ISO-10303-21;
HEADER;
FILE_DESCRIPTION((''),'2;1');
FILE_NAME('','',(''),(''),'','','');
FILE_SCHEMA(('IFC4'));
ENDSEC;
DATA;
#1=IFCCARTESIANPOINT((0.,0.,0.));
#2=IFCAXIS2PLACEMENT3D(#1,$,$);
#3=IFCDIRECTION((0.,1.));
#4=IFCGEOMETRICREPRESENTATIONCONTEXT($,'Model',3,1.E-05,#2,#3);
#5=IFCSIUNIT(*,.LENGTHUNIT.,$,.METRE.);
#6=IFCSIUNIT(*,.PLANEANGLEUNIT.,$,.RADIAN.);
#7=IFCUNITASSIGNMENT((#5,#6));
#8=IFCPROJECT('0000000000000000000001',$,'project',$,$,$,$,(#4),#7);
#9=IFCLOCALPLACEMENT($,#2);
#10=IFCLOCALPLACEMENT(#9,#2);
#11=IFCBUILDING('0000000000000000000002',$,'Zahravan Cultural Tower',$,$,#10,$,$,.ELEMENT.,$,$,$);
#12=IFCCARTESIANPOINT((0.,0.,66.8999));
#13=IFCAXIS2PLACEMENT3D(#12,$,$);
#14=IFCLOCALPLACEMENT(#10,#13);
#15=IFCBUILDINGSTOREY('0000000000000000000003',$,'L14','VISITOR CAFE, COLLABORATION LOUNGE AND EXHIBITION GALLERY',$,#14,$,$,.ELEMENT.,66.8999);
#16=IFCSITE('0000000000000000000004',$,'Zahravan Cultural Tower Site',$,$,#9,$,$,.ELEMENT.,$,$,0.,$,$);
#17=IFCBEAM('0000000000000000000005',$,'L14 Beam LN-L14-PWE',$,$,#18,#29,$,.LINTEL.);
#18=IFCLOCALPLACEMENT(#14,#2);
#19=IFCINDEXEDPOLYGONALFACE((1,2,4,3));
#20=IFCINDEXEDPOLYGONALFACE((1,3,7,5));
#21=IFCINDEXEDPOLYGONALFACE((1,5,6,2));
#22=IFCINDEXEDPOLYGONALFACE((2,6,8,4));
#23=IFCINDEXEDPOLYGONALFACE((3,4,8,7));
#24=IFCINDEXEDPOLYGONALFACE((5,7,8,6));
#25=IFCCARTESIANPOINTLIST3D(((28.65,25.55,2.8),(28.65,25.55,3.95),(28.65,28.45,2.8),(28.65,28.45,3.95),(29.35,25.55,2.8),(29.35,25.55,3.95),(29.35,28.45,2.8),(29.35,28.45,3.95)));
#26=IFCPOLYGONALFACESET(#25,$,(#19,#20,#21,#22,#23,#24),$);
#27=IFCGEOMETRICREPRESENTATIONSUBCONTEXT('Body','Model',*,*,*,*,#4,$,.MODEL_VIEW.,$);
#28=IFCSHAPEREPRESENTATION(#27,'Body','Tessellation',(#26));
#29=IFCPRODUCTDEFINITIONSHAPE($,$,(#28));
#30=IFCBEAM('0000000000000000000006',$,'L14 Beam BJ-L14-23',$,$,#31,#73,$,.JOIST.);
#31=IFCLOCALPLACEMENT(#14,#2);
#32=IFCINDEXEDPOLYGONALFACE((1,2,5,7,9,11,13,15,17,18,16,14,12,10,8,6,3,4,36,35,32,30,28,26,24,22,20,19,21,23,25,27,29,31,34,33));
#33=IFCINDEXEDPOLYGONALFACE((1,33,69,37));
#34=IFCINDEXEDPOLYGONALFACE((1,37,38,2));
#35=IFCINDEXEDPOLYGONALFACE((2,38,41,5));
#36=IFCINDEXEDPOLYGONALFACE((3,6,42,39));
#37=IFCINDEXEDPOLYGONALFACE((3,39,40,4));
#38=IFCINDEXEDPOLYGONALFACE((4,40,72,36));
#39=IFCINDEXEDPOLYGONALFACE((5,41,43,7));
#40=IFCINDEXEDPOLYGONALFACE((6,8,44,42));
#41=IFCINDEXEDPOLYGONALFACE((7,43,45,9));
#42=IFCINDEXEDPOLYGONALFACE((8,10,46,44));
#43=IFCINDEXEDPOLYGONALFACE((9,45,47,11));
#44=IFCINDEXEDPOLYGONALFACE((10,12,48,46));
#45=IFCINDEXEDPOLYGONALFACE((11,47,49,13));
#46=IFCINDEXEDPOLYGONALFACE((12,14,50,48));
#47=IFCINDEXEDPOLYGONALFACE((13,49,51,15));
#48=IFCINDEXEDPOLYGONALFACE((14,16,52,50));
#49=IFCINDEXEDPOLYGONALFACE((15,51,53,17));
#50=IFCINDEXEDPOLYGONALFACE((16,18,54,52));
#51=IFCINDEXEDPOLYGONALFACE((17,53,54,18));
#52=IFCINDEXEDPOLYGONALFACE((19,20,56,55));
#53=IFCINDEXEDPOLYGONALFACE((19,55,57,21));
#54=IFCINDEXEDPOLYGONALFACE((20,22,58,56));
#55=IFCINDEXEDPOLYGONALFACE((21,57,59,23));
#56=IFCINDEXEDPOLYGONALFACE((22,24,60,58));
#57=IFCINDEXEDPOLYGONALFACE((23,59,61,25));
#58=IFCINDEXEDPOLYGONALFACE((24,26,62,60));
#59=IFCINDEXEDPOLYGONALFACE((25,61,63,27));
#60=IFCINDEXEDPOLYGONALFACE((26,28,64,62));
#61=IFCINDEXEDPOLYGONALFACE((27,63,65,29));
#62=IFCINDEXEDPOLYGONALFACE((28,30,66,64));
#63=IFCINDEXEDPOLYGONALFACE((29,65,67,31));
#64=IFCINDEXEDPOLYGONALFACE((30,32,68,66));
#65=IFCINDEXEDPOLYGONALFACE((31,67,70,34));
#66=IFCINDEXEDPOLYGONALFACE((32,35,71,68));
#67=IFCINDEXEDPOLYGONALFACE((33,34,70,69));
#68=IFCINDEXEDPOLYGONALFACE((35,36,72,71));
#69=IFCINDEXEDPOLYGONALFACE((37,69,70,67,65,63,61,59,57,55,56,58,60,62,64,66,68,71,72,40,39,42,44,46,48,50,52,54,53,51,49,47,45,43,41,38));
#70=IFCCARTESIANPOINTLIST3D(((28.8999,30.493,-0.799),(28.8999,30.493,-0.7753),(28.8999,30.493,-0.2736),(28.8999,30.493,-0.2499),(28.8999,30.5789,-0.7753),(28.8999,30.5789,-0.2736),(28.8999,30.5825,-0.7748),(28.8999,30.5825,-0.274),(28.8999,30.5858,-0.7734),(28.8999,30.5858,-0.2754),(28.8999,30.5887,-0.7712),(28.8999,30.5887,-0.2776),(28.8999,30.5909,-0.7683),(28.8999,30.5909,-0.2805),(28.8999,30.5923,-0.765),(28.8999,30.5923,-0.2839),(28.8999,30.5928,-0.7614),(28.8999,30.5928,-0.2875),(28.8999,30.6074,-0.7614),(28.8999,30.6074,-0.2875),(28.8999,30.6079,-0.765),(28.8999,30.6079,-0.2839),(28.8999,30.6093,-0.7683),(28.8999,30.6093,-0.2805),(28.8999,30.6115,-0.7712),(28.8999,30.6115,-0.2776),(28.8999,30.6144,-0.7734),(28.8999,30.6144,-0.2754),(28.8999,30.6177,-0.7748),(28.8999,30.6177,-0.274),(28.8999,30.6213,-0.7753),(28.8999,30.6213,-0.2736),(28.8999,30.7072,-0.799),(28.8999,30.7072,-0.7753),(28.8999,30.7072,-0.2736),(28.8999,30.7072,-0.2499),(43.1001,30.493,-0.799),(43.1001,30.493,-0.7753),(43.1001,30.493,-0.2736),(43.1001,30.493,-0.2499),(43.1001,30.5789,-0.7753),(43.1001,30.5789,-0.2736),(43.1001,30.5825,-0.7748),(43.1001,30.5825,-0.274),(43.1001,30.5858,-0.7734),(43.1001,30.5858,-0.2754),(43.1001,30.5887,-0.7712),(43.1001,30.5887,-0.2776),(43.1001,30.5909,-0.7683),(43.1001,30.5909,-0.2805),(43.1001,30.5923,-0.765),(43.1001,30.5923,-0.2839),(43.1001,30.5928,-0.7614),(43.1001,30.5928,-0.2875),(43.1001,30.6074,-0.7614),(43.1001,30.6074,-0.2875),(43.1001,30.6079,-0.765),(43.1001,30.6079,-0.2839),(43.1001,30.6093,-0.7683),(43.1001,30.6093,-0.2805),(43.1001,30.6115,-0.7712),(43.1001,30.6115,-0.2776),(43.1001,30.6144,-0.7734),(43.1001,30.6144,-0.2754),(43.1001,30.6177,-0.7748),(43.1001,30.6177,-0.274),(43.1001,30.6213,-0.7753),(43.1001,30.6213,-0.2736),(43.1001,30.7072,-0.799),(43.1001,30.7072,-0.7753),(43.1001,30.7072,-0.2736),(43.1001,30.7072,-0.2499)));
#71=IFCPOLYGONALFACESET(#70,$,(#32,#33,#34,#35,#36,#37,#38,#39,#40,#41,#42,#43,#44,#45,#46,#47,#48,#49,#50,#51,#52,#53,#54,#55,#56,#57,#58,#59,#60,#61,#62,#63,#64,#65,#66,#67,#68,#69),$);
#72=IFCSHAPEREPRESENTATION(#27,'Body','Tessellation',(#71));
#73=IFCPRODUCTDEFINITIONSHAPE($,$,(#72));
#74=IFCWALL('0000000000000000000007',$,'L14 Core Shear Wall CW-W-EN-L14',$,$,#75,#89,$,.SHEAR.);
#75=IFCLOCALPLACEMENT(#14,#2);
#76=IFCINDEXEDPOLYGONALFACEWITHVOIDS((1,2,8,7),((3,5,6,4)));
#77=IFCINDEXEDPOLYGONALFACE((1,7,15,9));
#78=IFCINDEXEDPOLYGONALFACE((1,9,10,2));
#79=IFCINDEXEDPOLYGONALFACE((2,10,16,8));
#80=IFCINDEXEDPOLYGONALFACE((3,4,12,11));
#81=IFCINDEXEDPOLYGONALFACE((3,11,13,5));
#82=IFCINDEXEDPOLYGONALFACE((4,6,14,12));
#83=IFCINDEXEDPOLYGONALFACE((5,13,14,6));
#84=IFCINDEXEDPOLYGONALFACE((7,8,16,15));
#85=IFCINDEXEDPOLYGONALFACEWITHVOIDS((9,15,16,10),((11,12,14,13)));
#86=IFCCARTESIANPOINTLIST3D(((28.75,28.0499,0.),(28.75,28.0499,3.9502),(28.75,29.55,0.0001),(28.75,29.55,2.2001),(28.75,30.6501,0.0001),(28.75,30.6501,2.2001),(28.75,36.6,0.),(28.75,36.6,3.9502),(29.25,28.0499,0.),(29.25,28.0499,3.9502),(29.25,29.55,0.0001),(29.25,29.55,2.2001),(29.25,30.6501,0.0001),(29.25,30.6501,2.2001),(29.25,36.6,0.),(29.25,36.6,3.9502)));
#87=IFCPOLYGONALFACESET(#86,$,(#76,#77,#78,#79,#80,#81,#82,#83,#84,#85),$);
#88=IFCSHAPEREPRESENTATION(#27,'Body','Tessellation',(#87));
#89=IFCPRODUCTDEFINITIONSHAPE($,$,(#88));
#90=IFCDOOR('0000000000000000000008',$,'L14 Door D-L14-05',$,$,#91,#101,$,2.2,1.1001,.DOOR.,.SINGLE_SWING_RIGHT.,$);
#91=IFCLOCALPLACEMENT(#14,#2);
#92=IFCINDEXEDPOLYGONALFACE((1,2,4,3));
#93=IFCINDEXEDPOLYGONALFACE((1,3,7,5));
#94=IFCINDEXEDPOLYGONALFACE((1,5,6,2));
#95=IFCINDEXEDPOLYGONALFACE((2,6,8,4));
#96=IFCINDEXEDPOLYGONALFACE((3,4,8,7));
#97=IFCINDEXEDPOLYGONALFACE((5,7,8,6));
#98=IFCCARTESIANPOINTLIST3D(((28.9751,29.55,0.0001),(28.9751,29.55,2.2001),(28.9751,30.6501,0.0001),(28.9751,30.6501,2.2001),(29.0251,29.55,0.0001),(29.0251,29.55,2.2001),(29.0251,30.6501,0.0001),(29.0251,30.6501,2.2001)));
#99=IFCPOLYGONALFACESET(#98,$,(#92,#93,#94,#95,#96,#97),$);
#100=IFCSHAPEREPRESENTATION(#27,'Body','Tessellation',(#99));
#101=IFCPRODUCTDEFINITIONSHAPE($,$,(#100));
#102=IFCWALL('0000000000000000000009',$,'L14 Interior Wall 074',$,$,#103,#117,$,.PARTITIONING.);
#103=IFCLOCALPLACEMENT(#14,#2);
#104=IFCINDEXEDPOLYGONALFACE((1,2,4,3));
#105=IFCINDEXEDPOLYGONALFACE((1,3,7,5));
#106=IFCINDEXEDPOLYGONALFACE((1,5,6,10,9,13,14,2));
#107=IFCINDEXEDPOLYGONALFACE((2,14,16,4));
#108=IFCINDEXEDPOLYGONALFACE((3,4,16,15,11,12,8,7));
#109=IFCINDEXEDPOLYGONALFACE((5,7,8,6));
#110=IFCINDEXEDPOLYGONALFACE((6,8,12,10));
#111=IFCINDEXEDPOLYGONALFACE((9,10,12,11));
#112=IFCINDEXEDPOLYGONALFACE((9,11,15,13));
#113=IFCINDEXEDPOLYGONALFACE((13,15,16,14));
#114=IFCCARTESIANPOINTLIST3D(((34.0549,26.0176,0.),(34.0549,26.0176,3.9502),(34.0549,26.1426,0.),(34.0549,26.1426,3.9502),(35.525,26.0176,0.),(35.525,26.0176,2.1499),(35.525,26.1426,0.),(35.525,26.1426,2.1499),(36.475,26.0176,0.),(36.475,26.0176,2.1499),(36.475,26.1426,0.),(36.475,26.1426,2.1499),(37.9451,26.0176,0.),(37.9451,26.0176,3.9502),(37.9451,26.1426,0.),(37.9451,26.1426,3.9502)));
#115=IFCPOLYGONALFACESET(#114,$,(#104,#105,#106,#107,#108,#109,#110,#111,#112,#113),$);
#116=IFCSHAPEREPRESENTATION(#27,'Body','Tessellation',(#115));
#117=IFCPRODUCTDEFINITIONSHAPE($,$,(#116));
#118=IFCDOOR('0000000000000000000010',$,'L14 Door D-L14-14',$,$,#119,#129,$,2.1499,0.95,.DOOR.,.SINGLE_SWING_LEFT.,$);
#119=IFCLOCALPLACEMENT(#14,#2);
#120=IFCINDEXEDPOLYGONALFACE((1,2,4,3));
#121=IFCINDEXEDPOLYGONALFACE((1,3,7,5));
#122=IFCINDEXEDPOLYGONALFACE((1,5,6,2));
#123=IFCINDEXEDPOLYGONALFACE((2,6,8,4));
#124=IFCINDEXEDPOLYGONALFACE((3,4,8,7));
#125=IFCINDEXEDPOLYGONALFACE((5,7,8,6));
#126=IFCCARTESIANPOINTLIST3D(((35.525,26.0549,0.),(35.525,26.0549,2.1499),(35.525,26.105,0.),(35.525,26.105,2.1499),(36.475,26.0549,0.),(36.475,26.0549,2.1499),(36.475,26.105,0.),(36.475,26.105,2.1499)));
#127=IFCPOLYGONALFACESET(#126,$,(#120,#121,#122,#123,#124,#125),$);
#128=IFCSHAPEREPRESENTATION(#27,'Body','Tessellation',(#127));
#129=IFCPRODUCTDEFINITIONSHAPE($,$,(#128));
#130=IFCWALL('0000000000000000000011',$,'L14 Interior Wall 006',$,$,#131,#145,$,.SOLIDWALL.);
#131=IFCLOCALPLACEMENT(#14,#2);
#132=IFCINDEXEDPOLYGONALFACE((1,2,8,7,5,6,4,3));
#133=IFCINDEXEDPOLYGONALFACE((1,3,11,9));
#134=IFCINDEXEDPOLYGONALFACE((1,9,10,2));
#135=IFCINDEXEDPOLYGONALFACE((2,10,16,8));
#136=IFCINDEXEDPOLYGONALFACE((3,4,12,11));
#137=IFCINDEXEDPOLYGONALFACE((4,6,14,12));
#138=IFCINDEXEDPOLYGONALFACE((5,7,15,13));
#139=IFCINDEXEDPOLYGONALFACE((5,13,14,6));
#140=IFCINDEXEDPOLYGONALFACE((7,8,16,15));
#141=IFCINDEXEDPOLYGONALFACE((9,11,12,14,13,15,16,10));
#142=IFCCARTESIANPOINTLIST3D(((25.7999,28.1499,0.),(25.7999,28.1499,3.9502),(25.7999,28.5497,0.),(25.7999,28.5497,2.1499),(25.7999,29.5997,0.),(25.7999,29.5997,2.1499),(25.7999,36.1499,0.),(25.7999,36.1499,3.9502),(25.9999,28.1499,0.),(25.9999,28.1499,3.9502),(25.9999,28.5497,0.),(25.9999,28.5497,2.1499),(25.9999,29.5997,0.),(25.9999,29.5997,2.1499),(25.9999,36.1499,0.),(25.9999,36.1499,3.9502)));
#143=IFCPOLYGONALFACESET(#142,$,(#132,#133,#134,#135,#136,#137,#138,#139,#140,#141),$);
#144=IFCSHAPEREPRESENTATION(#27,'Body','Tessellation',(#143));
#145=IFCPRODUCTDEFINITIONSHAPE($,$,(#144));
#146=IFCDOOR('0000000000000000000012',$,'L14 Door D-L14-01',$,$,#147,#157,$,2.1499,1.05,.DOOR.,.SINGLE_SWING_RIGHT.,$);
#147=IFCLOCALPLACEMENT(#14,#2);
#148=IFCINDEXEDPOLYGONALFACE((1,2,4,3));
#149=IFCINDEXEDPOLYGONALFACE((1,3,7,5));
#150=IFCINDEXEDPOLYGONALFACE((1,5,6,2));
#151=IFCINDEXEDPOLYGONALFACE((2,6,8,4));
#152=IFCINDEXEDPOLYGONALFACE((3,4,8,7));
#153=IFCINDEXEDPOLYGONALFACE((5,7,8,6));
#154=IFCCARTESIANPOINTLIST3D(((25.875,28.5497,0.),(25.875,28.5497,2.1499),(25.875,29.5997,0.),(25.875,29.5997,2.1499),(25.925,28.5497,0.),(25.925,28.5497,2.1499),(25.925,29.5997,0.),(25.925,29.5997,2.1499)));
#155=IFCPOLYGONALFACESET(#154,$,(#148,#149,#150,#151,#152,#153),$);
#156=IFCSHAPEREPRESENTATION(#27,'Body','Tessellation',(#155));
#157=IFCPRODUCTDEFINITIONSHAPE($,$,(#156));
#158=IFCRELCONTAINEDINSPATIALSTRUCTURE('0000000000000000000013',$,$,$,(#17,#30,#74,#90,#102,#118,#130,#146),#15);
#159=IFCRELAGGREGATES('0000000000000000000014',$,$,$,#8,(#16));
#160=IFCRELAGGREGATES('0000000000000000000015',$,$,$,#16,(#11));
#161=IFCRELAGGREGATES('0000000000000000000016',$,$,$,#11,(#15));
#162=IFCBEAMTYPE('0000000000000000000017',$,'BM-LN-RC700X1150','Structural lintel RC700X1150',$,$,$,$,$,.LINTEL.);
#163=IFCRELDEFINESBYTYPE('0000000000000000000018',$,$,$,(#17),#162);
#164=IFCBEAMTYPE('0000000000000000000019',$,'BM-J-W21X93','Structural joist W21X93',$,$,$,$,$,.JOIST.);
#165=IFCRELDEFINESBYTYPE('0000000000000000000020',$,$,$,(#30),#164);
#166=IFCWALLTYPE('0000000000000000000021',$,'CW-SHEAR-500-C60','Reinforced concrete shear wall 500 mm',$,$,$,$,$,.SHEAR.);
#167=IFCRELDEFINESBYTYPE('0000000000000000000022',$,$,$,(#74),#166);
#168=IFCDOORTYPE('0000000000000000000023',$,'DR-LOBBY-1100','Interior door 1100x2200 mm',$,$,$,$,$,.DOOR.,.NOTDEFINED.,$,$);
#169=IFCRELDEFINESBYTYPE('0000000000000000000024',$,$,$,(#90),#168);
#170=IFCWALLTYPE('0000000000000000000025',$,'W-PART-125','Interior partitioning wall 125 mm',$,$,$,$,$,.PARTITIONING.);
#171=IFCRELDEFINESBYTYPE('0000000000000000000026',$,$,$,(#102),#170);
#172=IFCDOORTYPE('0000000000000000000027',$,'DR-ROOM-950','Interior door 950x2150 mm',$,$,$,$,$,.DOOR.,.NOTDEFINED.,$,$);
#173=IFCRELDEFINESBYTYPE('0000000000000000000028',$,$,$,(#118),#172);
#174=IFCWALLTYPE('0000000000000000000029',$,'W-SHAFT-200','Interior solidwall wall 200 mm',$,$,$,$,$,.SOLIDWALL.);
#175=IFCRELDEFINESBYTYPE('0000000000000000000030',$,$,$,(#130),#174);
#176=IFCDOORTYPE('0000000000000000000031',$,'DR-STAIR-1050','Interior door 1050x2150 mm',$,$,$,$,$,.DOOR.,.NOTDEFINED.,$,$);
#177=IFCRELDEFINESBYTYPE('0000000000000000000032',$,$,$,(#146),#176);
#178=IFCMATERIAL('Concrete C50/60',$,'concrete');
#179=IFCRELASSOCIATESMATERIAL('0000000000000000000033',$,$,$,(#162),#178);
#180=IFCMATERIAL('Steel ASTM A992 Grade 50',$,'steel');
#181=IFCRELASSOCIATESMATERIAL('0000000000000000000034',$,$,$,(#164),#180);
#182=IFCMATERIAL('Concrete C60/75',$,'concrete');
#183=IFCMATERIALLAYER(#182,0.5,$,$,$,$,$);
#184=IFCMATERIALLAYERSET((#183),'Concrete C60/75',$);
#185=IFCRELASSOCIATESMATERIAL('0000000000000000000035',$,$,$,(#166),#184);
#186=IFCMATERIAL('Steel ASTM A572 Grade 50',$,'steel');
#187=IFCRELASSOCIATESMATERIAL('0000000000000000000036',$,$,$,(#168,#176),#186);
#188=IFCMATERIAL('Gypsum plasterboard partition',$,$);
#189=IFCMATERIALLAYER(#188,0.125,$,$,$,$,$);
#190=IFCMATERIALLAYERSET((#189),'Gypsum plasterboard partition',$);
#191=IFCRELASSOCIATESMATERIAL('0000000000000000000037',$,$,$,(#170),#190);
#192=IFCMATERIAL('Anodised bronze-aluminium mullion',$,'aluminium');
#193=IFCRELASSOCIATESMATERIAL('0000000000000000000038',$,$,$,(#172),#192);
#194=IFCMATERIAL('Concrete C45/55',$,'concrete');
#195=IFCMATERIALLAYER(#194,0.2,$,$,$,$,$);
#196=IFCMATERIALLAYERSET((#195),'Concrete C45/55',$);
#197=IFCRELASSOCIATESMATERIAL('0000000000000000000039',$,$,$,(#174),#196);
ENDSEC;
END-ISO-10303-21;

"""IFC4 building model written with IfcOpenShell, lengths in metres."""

from ifc_helpers import new_model, si_unit, direction, frame, frame_2d, origin, origin_2d, place, context, subcontext, project, spatial, rectangle, i_section, extrude, source, transform, mapped, material, layer, layer_set, material_profile, profile_set, type_object, element, fill, save


model = new_model("IFC4")

# Units and contexts
model_context = context("Model", 3, precision=1e-05, world=origin(), true_north=direction((0.0, 1.0)))
body_context = subcontext(model_context, "Body", "Model", "MODEL_VIEW")
ifc_project = project(units=[si_unit("LENGTHUNIT", "METRE"), si_unit("PLANEANGLEUNIT", "RADIAN")], contexts=[model_context])

# Site, building, storey
site_placement = place(None, origin())
site = spatial("IfcSite", under=ifc_project, at=site_placement, Name="Zahravan Cultural Tower Site", CompositionType="ELEMENT", RefElevation=0.0)
building_placement = place(site_placement, origin())
building = spatial("IfcBuilding", under=site, at=building_placement, Name="Zahravan Cultural Tower", CompositionType="ELEMENT")
storey_placement = place(building_placement, frame((0.0, 0.0, 66.8999)))
storey = spatial("IfcBuildingStorey", under=building, at=storey_placement, Name="L14", Description="VISITOR CAFE, COLLABORATION LOUNGE AND EXHIBITION GALLERY", CompositionType="ELEMENT", Elevation=66.8999)

# Beams
ifc_material_1 = material(Name="Concrete C50/60", Category="concrete")
ifc_material_profile_1 = material_profile(ifc_material_1, rectangle(XDim=0.7, YDim=1.1499, at=origin_2d()), Name="RC700X1150")
ifc_profile_set_1 = profile_set([ifc_material_profile_1], Name="Concrete C50/60")
beam_type_1 = type_object("IfcBeamType", Name="BM-LN-RC700X1150", Description="Structural lintel RC700X1150", PredefinedType="LINTEL", material=ifc_profile_set_1)
shared_shape_1 = source(origin(), body_context, "Body", "SweptSolid", [
    extrude(rectangle(XDim=0.7, YDim=1.1499, at=origin_2d()), origin(), (0.0, 0.0, 1.0), 2.8999),
])
beam_1_placement = place(storey_placement, frame((29.0, 25.55, 3.375), z_axis=(0.0, 1.0, 0.0), x_axis=(-1.0, 0.0, 0.0)))
element("IfcBeam", 1, at=beam_1_placement, inside=storey, type_object=beam_type_1, Name="L14 Beam LN-L14-PWE", PredefinedType="LINTEL", context=body_context, shape_type="MappedRepresentation", body=[
    mapped(shared_shape_1, transform((0.0, 0.0, 0.0), x_axis=(1.0, 0.0, 0.0), y_axis=(0.0, 1.0, 0.0), z_axis=(0.0, 0.0, 1.0), scale=1.0)),
])
ifc_material_2 = material(Name="Steel ASTM A992 Grade 50", Category="steel")
ifc_material_profile_2 = material_profile(ifc_material_2, i_section(OverallWidth=0.2141, OverallDepth=0.5491, WebThickness=0.0146, FlangeThickness=0.0237, FilletRadius=0.0139, at=origin_2d()), Name="W21X93")
ifc_profile_set_2 = profile_set([ifc_material_profile_2], Name="Steel ASTM A992 Grade 50")
beam_type_2 = type_object("IfcBeamType", Name="BM-J-W21X93", Description="Structural joist W21X93", PredefinedType="JOIST", material=ifc_profile_set_2)
shared_shape_2 = source(origin(), body_context, "Body", "SweptSolid", [
    extrude(i_section(OverallWidth=0.2141, OverallDepth=0.5491, WebThickness=0.0146, FlangeThickness=0.0237, FilletRadius=0.0139, at=origin_2d()), origin(), (0.0, 0.0, 1.0), 14.2002),
])
beam_2_placement = place(storey_placement, frame((28.8999, 30.6001, -0.5244), z_axis=(1.0, 0.0, 0.0), x_axis=(0.0, 1.0, 0.0)))
element("IfcBeam", 2, at=beam_2_placement, inside=storey, type_object=beam_type_2, Name="L14 Beam BJ-L14-23", PredefinedType="JOIST", context=body_context, shape_type="MappedRepresentation", body=[
    mapped(shared_shape_2, transform((0.0, 0.0, 0.0), x_axis=(1.0, 0.0, 0.0), y_axis=(0.0, 1.0, 0.0), z_axis=(0.0, 0.0, 1.0), scale=1.0)),
])

# Walls, openings, doors
ifc_material_3 = material(Name="Concrete C60/75", Category="concrete")
ifc_layer_1 = layer(ifc_material_3, 0.5)
ifc_layer_set_1 = layer_set([ifc_layer_1], Name="Concrete C60/75")
wall_type_1 = type_object("IfcWallType", Name="CW-SHEAR-500-C60", Description="Reinforced concrete shear wall 500 mm", PredefinedType="SHEAR", material=ifc_layer_set_1)
wall_1_placement = place(storey_placement, frame((29.0, 28.05, 0.0), z_axis=(0.0, 0.0, 1.0), x_axis=(0.0, 1.0, 0.0)))
wall_1 = element("IfcWall", 3, at=wall_1_placement, inside=storey, type_object=wall_type_1, Name="L14 Core Shear Wall CW-W-EN-L14", PredefinedType="SHEAR", context=body_context, shape_type="SweptSolid", body=[
    extrude(rectangle(XDim=8.55, YDim=0.5, at=frame_2d((4.2749, 0.0))), origin(), (0.0, 0.0, 1.0), 3.9502),
])
opening_1_placement = place(wall_1_placement, frame((1.5, 0.0, 0.0)))
opening_1 = element("IfcOpeningElement", 4, at=opening_1_placement, cuts=wall_1, PredefinedType="OPENING", context=body_context, shape_type="SweptSolid", body=[
    extrude(rectangle(XDim=1.1001, YDim=2.2, at=frame_2d((0.55, 1.1001))), frame((0.0, 0.26, 0.0), z_axis=(0.0, -1.0, 0.0), x_axis=(1.0, 0.0, 0.0)), (0.0, 0.0, 1.0), 0.52),
])
ifc_material_4 = material(Name="Steel ASTM A572 Grade 50", Category="steel")
door_type_1 = type_object("IfcDoorType", Name="DR-LOBBY-1100", Description="Interior door 1100x2200 mm", OperationType="NOTDEFINED", PredefinedType="DOOR", material=ifc_material_4)
shared_shape_3 = source(origin(), body_context, "Body", "SweptSolid", [
    extrude(rectangle(XDim=1.1001, YDim=2.2, at=frame_2d((0.55, 1.1001))), frame((0.0, 0.0249, 0.0), z_axis=(0.0, -1.0, 0.0), x_axis=(1.0, 0.0, 0.0)), (0.0, 0.0, 1.0), 0.05),
])
door_1_placement = place(opening_1_placement, origin())
door_1 = element("IfcDoor", 5, at=door_1_placement, inside=storey, type_object=door_type_1, Name="L14 Door D-L14-05", OperationType="SINGLE_SWING_RIGHT", OverallHeight=2.2, OverallWidth=1.1001, PredefinedType="DOOR", context=body_context, shape_type="MappedRepresentation", body=[
    mapped(shared_shape_3, transform((0.0, 0.0, 0.0), x_axis=(1.0, 0.0, 0.0), y_axis=(0.0, 1.0, 0.0), z_axis=(0.0, 0.0, 1.0), scale=1.0)),
])
fill(opening_1, door_1)
ifc_material_5 = material(Name="Gypsum plasterboard partition")
ifc_layer_2 = layer(ifc_material_5, 0.125)
ifc_layer_set_2 = layer_set([ifc_layer_2], Name="Gypsum plasterboard partition")
wall_type_2 = type_object("IfcWallType", Name="W-PART-125", Description="Interior partitioning wall 125 mm", PredefinedType="PARTITIONING", material=ifc_layer_set_2)
wall_2_placement = place(storey_placement, frame((34.0549, 26.0801, 0.0), z_axis=(0.0, 0.0, 1.0), x_axis=(1.0, 0.0, 0.0)))
wall_2 = element("IfcWall", 6, at=wall_2_placement, inside=storey, type_object=wall_type_2, Name="L14 Interior Wall 074", PredefinedType="PARTITIONING", context=body_context, shape_type="SweptSolid", body=[
    extrude(rectangle(XDim=3.8901, YDim=0.125, at=frame_2d((1.9451, 0.0))), origin(), (0.0, 0.0, 1.0), 3.9502),
])
opening_2_placement = place(wall_2_placement, frame((1.47, 0.0, 0.0)))
opening_2 = element("IfcOpeningElement", 7, at=opening_2_placement, cuts=wall_2, PredefinedType="OPENING", context=body_context, shape_type="SweptSolid", body=[
    extrude(rectangle(XDim=0.95, YDim=2.1499, at=frame_2d((0.4751, 1.075))), frame((0.0, 0.0725, 0.0), z_axis=(0.0, -1.0, 0.0), x_axis=(1.0, 0.0, 0.0)), (0.0, 0.0, 1.0), 0.145),
])
ifc_material_6 = material(Name="Anodised bronze-aluminium mullion", Category="aluminium")
door_type_2 = type_object("IfcDoorType", Name="DR-ROOM-950", Description="Interior door 950x2150 mm", OperationType="NOTDEFINED", PredefinedType="DOOR", material=ifc_material_6)
shared_shape_4 = source(origin(), body_context, "Body", "SweptSolid", [
    extrude(rectangle(XDim=0.95, YDim=2.1499, at=frame_2d((0.4751, 1.075))), frame((0.0, 0.0249, 0.0), z_axis=(0.0, -1.0, 0.0), x_axis=(1.0, 0.0, 0.0)), (0.0, 0.0, 1.0), 0.05),
])
door_2_placement = place(opening_2_placement, origin())
door_2 = element("IfcDoor", 8, at=door_2_placement, inside=storey, type_object=door_type_2, Name="L14 Door D-L14-14", OperationType="SINGLE_SWING_LEFT", OverallHeight=2.1499, OverallWidth=0.95, PredefinedType="DOOR", context=body_context, shape_type="MappedRepresentation", body=[
    mapped(shared_shape_4, transform((0.0, 0.0, 0.0), x_axis=(1.0, 0.0, 0.0), y_axis=(0.0, 1.0, 0.0), z_axis=(0.0, 0.0, 1.0), scale=1.0)),
])
fill(opening_2, door_2)
ifc_material_7 = material(Name="Concrete C45/55", Category="concrete")
ifc_layer_3 = layer(ifc_material_7, 0.2)
ifc_layer_set_3 = layer_set([ifc_layer_3], Name="Concrete C45/55")
wall_type_3 = type_object("IfcWallType", Name="W-SHAFT-200", Description="Interior solidwall wall 200 mm", PredefinedType="SOLIDWALL", material=ifc_layer_set_3)
wall_3_placement = place(storey_placement, frame((25.8999, 28.1499, 0.0), z_axis=(0.0, 0.0, 1.0), x_axis=(0.0, 1.0, 0.0)))
wall_3 = element("IfcWall", 9, at=wall_3_placement, inside=storey, type_object=wall_type_3, Name="L14 Interior Wall 006", PredefinedType="SOLIDWALL", context=body_context, shape_type="SweptSolid", body=[
    extrude(rectangle(XDim=8.0, YDim=0.2, at=frame_2d((4.0, 0.0))), origin(), (0.0, 0.0, 1.0), 3.9502),
])
opening_3_placement = place(wall_3_placement, frame((0.3999, 0.0, 0.0)))
opening_3 = element("IfcOpeningElement", 10, at=opening_3_placement, cuts=wall_3, PredefinedType="OPENING", context=body_context, shape_type="SweptSolid", body=[
    extrude(rectangle(XDim=1.05, YDim=2.1499, at=frame_2d((0.5249, 1.075))), frame((0.0, 0.1099, 0.0), z_axis=(0.0, -1.0, 0.0), x_axis=(1.0, 0.0, 0.0)), (0.0, 0.0, 1.0), 0.22),
])
door_type_3 = type_object("IfcDoorType", Name="DR-STAIR-1050", Description="Interior door 1050x2150 mm", OperationType="NOTDEFINED", PredefinedType="DOOR", material=ifc_material_4)
shared_shape_5 = source(origin(), body_context, "Body", "SweptSolid", [
    extrude(rectangle(XDim=1.05, YDim=2.1499, at=frame_2d((0.5249, 1.075))), frame((0.0, 0.0249, 0.0), z_axis=(0.0, -1.0, 0.0), x_axis=(1.0, 0.0, 0.0)), (0.0, 0.0, 1.0), 0.05),
])
door_3_placement = place(opening_3_placement, origin())
door_3 = element("IfcDoor", 11, at=door_3_placement, inside=storey, type_object=door_type_3, Name="L14 Door D-L14-01", OperationType="SINGLE_SWING_RIGHT", OverallHeight=2.1499, OverallWidth=1.05, PredefinedType="DOOR", context=body_context, shape_type="MappedRepresentation", body=[
    mapped(shared_shape_5, transform((0.0, 0.0, 0.0), x_axis=(1.0, 0.0, 0.0), y_axis=(0.0, 1.0, 0.0), z_axis=(0.0, 0.0, 1.0), scale=1.0)),
])
fill(opening_3, door_3)

save(model, "model.ifc")
